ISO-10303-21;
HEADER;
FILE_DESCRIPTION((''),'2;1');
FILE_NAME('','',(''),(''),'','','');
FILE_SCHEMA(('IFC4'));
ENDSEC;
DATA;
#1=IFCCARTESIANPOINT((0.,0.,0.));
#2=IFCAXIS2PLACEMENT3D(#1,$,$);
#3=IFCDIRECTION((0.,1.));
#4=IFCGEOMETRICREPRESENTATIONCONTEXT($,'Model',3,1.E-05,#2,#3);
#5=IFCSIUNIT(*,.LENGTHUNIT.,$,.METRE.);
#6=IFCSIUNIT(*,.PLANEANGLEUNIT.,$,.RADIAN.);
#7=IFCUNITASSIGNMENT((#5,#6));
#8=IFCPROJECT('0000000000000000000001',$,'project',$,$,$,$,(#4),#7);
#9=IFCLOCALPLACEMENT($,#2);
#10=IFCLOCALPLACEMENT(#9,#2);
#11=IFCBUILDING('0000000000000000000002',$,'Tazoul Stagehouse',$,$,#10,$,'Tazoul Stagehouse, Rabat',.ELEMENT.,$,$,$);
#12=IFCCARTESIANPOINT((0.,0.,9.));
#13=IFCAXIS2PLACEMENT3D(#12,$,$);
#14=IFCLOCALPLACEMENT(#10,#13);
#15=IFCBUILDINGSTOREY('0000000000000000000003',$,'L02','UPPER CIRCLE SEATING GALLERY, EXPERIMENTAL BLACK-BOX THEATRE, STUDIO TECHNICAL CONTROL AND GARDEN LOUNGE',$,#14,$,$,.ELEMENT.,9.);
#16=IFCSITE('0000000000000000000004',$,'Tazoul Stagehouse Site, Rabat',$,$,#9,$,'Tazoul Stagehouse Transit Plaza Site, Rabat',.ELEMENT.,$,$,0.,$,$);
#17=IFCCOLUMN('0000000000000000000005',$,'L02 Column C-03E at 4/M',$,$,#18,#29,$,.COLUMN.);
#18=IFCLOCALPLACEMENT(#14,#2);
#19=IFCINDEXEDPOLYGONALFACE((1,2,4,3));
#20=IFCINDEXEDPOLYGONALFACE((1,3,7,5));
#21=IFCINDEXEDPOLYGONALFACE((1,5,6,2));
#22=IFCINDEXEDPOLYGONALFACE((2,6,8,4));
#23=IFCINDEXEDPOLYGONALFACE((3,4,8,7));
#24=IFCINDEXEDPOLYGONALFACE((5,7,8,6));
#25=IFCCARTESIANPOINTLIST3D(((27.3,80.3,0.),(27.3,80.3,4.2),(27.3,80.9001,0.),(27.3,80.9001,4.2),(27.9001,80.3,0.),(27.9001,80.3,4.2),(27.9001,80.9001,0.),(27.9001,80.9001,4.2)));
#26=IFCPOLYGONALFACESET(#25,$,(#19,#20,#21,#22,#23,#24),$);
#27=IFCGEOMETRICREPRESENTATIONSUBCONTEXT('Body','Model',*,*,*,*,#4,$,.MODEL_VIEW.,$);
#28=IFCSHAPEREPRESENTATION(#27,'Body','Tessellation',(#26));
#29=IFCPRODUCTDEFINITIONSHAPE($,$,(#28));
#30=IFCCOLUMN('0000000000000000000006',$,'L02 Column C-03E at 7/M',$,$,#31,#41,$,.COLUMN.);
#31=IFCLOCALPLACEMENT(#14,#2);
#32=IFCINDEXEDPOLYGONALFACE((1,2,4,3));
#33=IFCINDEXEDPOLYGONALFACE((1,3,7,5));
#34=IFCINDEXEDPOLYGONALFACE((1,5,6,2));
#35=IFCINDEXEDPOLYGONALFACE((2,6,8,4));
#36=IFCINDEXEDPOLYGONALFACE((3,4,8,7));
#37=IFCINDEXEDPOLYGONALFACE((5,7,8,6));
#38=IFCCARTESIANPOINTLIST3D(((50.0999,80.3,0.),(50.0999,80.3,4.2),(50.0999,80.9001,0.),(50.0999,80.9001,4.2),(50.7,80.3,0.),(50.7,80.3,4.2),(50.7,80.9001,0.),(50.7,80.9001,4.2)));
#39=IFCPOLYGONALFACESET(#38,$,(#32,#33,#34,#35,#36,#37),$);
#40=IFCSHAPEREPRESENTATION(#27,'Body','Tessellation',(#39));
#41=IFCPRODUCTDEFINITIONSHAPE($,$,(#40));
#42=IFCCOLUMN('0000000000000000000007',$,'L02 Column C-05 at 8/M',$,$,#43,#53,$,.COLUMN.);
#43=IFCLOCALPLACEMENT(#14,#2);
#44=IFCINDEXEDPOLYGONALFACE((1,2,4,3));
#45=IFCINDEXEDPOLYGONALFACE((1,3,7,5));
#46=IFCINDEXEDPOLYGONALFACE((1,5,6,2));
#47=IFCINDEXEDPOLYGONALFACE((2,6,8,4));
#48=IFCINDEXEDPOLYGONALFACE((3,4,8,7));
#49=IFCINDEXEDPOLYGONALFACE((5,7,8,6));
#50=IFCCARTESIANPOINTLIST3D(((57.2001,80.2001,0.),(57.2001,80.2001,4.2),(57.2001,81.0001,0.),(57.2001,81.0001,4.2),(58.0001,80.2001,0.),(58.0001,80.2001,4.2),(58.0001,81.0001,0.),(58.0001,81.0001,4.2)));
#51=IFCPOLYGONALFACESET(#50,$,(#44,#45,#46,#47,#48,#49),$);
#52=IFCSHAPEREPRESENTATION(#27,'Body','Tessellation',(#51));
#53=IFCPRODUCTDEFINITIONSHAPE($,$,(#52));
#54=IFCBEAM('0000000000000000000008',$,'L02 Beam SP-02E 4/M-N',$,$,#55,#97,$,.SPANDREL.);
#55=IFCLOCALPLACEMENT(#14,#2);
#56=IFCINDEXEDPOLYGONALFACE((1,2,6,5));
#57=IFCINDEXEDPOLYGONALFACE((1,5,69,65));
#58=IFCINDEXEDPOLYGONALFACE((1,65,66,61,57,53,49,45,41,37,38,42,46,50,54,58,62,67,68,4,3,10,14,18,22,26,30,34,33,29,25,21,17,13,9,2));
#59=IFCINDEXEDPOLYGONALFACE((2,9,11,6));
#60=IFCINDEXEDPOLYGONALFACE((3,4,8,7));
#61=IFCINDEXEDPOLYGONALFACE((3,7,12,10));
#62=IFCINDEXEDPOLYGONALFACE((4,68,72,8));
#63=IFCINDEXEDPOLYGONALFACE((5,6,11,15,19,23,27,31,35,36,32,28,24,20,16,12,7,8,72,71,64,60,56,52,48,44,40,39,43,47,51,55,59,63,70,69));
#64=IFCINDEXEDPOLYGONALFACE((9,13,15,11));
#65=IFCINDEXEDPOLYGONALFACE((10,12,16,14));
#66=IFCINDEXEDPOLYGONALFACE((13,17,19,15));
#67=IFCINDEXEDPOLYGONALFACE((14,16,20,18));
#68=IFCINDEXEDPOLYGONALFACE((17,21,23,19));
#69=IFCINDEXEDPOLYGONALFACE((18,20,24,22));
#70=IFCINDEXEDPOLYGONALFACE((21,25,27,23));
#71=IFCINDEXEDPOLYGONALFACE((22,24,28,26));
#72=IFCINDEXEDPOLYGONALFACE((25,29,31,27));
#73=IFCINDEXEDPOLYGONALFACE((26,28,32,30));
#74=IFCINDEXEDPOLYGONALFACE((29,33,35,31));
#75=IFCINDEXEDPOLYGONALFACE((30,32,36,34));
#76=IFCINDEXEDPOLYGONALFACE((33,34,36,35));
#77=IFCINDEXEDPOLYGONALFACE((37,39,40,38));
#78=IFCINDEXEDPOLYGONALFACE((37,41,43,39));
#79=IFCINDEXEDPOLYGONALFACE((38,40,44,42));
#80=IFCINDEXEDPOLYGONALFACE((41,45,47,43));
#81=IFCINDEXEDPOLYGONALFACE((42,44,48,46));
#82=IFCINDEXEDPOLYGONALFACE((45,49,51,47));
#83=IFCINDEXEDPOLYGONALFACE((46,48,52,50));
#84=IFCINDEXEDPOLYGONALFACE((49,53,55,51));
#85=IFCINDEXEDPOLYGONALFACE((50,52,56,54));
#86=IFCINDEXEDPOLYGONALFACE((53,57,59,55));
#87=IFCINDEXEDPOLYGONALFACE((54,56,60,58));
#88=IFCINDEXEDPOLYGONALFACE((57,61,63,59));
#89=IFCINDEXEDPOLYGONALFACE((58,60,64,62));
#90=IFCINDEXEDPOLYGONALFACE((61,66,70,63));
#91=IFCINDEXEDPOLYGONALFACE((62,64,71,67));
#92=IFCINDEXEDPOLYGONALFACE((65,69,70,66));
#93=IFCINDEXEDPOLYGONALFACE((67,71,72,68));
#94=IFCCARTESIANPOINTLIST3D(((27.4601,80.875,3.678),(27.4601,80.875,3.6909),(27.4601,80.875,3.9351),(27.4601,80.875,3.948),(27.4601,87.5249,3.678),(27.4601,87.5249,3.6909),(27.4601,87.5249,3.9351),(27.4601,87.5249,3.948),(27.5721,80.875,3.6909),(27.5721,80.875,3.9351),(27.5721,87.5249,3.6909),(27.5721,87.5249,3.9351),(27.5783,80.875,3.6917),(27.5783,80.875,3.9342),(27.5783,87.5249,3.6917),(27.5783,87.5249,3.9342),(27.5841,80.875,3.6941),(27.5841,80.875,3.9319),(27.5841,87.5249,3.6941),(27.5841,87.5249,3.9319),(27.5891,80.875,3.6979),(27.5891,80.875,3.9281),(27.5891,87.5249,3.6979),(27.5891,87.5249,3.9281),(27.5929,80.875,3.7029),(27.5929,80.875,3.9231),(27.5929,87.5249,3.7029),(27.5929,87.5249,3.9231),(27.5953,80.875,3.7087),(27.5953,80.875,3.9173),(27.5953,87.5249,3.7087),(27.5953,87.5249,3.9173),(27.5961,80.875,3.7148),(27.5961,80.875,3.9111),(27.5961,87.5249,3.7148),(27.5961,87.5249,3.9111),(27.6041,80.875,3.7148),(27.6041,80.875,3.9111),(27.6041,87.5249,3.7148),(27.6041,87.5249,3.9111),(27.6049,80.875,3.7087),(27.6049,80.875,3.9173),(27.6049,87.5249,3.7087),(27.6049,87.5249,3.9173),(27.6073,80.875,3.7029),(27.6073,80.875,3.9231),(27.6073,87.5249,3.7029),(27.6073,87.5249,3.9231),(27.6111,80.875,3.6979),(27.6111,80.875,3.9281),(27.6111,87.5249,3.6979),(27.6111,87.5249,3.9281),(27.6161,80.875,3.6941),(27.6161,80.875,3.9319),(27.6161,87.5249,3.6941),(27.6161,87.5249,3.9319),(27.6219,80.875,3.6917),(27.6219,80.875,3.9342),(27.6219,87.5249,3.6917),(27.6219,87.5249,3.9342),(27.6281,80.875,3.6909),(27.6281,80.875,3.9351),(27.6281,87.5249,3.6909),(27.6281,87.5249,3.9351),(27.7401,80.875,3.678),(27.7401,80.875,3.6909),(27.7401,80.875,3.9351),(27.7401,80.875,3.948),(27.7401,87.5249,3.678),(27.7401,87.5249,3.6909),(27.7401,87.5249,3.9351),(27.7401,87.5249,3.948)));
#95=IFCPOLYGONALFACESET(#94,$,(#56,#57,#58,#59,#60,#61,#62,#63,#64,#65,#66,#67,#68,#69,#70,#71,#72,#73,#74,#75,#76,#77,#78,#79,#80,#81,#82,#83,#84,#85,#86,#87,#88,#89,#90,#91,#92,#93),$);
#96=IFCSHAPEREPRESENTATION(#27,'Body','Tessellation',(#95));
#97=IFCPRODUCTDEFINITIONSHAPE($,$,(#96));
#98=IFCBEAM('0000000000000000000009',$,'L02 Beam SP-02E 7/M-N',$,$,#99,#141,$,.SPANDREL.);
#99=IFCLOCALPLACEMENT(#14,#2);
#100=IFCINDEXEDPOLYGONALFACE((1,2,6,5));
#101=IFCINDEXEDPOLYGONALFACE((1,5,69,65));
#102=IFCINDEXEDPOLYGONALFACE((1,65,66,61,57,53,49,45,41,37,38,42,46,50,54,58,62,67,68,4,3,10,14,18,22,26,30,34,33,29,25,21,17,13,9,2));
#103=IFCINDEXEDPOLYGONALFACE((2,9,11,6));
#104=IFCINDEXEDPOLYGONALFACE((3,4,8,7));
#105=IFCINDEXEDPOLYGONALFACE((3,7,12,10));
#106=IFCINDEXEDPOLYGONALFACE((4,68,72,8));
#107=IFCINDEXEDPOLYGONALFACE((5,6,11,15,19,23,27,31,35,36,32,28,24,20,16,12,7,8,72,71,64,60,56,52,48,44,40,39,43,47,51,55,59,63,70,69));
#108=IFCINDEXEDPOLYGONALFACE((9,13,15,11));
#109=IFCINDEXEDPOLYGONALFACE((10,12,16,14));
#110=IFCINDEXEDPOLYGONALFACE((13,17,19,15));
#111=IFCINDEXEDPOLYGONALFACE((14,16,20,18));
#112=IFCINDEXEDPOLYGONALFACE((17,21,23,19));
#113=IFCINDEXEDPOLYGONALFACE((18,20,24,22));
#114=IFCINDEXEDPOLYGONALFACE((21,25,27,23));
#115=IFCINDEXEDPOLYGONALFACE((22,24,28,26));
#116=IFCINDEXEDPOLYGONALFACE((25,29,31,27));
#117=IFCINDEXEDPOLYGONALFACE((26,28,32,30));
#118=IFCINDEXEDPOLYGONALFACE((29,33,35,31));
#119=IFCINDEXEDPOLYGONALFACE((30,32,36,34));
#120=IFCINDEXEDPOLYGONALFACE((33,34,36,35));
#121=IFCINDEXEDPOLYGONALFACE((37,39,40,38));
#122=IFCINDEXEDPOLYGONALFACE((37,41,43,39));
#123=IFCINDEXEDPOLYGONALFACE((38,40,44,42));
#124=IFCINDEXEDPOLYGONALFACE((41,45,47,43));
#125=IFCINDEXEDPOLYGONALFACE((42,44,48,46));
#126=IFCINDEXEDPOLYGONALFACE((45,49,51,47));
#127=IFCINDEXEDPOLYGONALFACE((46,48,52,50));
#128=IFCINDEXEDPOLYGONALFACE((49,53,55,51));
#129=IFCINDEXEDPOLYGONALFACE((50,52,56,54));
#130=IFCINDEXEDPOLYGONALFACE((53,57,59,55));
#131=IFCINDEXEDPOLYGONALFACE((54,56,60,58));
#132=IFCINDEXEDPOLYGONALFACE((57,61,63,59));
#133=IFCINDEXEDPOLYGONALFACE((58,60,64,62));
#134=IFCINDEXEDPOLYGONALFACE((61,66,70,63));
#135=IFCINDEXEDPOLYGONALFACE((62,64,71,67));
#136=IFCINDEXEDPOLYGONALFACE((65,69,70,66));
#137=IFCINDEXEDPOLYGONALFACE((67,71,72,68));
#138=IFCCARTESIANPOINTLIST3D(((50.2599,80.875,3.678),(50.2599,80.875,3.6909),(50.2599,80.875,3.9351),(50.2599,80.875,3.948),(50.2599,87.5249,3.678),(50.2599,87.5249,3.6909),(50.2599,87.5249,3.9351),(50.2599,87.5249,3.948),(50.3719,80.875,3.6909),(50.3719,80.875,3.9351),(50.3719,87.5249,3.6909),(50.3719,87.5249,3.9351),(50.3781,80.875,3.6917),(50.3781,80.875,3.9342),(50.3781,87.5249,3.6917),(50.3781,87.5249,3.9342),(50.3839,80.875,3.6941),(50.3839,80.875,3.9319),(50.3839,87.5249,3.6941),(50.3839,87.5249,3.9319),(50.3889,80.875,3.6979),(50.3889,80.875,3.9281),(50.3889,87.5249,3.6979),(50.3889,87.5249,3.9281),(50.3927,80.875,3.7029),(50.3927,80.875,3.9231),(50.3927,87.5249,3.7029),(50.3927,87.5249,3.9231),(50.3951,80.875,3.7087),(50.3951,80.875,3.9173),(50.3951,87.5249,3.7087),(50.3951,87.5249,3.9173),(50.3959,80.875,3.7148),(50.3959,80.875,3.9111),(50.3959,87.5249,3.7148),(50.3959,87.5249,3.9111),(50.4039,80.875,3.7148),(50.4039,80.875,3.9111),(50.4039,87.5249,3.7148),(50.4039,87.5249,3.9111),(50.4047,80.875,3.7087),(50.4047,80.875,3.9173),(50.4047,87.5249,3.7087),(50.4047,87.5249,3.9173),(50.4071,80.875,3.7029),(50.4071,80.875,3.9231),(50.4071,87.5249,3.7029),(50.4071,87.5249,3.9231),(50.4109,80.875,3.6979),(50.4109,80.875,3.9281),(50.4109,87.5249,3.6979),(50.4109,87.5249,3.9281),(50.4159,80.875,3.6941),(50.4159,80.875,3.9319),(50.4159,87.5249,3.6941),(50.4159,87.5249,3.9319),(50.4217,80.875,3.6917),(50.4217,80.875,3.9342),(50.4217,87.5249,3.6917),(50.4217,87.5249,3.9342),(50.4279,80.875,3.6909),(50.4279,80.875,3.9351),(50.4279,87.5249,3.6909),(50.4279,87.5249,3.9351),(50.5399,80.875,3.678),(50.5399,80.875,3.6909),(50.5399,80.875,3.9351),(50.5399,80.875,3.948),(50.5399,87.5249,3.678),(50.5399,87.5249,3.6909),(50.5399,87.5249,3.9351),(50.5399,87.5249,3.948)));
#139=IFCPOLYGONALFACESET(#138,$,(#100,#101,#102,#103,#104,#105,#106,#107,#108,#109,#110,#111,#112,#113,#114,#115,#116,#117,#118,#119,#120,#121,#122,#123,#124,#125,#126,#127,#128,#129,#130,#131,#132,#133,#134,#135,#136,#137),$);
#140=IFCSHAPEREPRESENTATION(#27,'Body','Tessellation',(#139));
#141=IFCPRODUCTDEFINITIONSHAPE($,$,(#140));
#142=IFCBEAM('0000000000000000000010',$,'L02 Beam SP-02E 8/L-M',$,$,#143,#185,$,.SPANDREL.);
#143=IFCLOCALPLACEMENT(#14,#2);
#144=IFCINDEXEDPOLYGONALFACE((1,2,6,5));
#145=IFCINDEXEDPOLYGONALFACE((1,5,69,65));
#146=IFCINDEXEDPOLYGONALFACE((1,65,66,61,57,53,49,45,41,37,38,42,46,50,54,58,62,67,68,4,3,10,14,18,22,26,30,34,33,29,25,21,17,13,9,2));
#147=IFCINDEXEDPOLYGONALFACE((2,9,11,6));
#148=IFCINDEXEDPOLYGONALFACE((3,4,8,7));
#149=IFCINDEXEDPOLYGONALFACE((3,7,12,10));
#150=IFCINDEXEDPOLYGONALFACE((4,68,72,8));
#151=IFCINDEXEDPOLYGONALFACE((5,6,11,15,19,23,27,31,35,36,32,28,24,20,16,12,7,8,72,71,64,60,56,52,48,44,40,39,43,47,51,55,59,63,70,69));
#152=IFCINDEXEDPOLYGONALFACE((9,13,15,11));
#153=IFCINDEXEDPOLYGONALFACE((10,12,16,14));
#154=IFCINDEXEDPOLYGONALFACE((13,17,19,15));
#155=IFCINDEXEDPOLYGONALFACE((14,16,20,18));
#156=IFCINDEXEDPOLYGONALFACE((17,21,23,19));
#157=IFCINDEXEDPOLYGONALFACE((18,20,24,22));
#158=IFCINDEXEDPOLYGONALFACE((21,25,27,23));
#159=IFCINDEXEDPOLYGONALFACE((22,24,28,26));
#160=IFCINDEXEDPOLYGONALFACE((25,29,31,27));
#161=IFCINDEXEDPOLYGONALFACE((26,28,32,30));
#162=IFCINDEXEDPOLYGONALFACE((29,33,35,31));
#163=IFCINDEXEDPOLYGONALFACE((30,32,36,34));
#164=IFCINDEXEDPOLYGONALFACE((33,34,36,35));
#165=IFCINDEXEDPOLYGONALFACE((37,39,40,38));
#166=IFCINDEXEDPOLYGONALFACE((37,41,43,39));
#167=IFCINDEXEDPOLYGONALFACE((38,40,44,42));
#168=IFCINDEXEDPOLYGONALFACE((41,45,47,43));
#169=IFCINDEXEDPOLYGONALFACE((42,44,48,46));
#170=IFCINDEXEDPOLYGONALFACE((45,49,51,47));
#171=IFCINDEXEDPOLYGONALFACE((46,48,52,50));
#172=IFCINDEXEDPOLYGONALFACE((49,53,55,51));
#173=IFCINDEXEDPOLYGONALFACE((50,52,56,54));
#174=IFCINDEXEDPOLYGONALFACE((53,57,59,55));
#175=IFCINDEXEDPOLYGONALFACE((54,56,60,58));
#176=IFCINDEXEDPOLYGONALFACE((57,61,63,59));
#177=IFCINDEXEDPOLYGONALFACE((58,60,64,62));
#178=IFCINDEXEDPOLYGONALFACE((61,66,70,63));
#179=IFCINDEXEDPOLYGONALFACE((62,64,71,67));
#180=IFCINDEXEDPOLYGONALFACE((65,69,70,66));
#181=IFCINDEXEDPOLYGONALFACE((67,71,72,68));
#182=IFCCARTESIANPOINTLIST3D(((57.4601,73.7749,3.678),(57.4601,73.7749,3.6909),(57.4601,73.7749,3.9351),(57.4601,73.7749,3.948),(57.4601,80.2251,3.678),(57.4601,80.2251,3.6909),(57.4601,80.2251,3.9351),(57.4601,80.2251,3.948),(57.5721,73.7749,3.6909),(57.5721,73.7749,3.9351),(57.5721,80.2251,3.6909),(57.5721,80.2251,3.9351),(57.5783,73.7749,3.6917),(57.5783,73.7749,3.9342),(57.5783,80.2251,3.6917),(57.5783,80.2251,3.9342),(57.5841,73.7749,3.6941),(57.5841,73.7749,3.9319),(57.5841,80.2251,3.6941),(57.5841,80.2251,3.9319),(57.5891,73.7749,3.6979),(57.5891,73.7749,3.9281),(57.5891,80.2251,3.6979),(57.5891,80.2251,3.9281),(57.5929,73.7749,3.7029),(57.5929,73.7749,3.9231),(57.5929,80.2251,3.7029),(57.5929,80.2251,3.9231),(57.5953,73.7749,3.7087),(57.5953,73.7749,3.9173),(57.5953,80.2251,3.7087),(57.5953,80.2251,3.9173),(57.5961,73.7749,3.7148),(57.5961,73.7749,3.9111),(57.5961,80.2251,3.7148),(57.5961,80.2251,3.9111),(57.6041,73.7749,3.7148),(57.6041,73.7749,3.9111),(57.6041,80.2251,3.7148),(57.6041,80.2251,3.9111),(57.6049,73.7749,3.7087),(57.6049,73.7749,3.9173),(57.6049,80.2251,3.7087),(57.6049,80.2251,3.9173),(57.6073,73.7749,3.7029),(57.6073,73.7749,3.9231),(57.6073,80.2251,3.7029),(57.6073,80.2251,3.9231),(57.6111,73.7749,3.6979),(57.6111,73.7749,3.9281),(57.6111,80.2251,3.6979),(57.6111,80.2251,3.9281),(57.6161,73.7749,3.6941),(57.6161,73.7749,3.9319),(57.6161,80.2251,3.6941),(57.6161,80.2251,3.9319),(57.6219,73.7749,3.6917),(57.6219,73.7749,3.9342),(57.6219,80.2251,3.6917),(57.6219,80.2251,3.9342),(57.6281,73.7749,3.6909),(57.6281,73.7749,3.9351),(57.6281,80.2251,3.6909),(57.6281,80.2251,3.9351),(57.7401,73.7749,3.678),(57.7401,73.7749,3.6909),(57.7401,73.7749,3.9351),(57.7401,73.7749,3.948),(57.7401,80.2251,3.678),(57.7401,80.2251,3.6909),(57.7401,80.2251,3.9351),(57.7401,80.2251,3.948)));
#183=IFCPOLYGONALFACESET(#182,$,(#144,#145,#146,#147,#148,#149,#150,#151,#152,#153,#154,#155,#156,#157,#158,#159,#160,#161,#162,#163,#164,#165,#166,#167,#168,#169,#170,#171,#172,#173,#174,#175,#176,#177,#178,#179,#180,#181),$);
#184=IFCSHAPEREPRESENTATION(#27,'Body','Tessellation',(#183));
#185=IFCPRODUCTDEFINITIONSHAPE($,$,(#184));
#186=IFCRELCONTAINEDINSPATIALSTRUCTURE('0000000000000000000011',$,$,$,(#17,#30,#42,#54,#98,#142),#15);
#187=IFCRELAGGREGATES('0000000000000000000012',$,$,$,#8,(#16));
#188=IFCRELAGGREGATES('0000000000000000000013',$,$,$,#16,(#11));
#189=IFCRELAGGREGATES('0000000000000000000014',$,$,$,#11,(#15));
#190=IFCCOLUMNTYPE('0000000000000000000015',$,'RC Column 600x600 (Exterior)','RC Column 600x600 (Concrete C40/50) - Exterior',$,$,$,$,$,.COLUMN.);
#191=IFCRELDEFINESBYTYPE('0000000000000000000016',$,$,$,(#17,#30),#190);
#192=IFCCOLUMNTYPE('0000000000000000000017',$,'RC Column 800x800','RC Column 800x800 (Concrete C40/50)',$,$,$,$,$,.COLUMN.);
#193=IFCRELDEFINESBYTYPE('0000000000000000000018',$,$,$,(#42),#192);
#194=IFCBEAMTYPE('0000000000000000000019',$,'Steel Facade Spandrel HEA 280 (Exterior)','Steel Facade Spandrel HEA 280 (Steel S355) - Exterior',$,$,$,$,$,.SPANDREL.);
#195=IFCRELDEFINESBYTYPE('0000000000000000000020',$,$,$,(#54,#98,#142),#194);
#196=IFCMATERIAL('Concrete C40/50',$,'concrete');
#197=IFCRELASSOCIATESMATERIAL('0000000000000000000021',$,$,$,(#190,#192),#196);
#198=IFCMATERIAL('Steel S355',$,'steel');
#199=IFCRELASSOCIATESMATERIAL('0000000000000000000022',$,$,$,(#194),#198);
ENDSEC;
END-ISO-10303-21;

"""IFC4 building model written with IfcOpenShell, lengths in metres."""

from ifc_helpers import new_model, si_unit, direction, frame, origin, origin_2d, place, context, subcontext, project, spatial, rectangle, i_section, extrude, material, material_profile, profile_set, type_object, element, save


model = new_model("IFC4")

# Units and contexts
model_context = context("Model", 3, precision=1e-05, world=origin(), true_north=direction((0.0, 1.0)))
body_context = subcontext(model_context, "Body", "Model", "MODEL_VIEW")
ifc_project = project(units=[si_unit("LENGTHUNIT", "METRE"), si_unit("PLANEANGLEUNIT", "RADIAN")], contexts=[model_context])

# Site, building, storey
site_placement = place(None, origin())
site = spatial("IfcSite", under=ifc_project, at=site_placement, Name="Tazoul Stagehouse Site, Rabat", LongName="Tazoul Stagehouse Transit Plaza Site, Rabat", CompositionType="ELEMENT", RefElevation=0.0)
building_placement = place(site_placement, origin())
building = spatial("IfcBuilding", under=site, at=building_placement, Name="Tazoul Stagehouse", LongName="Tazoul Stagehouse, Rabat", CompositionType="ELEMENT")
storey_placement = place(building_placement, frame((0.0, 0.0, 9.0)))
storey = spatial("IfcBuildingStorey", under=building, at=storey_placement, Name="L02", Description="UPPER CIRCLE SEATING GALLERY, EXPERIMENTAL BLACK-BOX THEATRE, STUDIO TECHNICAL CONTROL AND GARDEN LOUNGE", CompositionType="ELEMENT", Elevation=9.0)

# Columns
ifc_material_1 = material(Name="Concrete C40/50", Category="concrete")
ifc_material_profile_1 = material_profile(ifc_material_1, rectangle(XDim=0.6001, YDim=0.6001, at=origin_2d()), Name="RC 600x600")
ifc_profile_set_1 = profile_set([ifc_material_profile_1], Name="Concrete C40/50")
column_type_1 = type_object("IfcColumnType", Name="RC Column 600x600 (Exterior)", Description="RC Column 600x600 (Concrete C40/50) - Exterior", PredefinedType="COLUMN", material=ifc_profile_set_1)
for number, where, z_axis, x_axis, name in (
    (1, (27.6001, 80.6001, 0.0), (0.0, 0.0, 1.0), (1.0, 0.0, 0.0), "L02 Column C-03E at 4/M"),
    (2, (50.3999, 80.6001, 0.0), (0.0, 0.0, 1.0), (1.0, 0.0, 0.0), "L02 Column C-03E at 7/M"),
):
    element("IfcColumn", number, at=place(storey_placement, frame(where, z_axis=z_axis, x_axis=x_axis)), inside=storey, type_object=column_type_1, Name=name, PredefinedType="COLUMN", context=body_context, shape_type="SweptSolid", body=[
        extrude(rectangle(XDim=0.6001, YDim=0.6001, at=origin_2d()), origin(), (0.0, 0.0, 1.0), 4.2),
    ])
ifc_material_profile_2 = material_profile(ifc_material_1, rectangle(XDim=0.8, YDim=0.8, at=origin_2d()), Name="RC 800x800")
ifc_profile_set_2 = profile_set([ifc_material_profile_2], Name="Concrete C40/50")
column_type_2 = type_object("IfcColumnType", Name="RC Column 800x800", Description="RC Column 800x800 (Concrete C40/50)", PredefinedType="COLUMN", material=ifc_profile_set_2)
column_placement = place(storey_placement, frame((57.6001, 80.6001, 0.0), z_axis=(0.0, 0.0, 1.0), x_axis=(1.0, 0.0, 0.0)))
element("IfcColumn", 3, at=column_placement, inside=storey, type_object=column_type_2, Name="L02 Column C-05 at 8/M", PredefinedType="COLUMN", context=body_context, shape_type="SweptSolid", body=[
    extrude(rectangle(XDim=0.8, YDim=0.8, at=origin_2d()), origin(), (0.0, 0.0, 1.0), 4.2),
])

# Beams
ifc_material_2 = material(Name="Steel S355", Category="steel")
ifc_material_profile_3 = material_profile(ifc_material_2, i_section(OverallWidth=0.28, OverallDepth=0.27, WebThickness=0.0081, FlangeThickness=0.0129, FilletRadius=0.0239, at=origin_2d()), Name="HEA 280")
ifc_profile_set_3 = profile_set([ifc_material_profile_3], Name="Steel S355")
beam_type_1 = type_object("IfcBeamType", Name="Steel Facade Spandrel HEA 280 (Exterior)", Description="Steel Facade Spandrel HEA 280 (Steel S355) - Exterior", PredefinedType="SPANDREL", material=ifc_profile_set_3)
for number, where, z_axis, x_axis, name in (
    (4, (27.6001, 80.875, 3.813), (0.0, 1.0, 0.0), (-1.0, 0.0, 0.0), "L02 Beam SP-02E 4/M-N"),
    (5, (50.3999, 80.875, 3.813), (0.0, 1.0, 0.0), (-1.0, 0.0, 0.0), "L02 Beam SP-02E 7/M-N"),
):
    element("IfcBeam", number, at=place(storey_placement, frame(where, z_axis=z_axis, x_axis=x_axis)), inside=storey, type_object=beam_type_1, Name=name, PredefinedType="SPANDREL", context=body_context, shape_type="SweptSolid", body=[
        extrude(i_section(OverallWidth=0.28, OverallDepth=0.27, WebThickness=0.0081, FlangeThickness=0.0129, FilletRadius=0.0239, at=origin_2d()), origin(), (0.0, 0.0, 1.0), 6.6499),
    ])
beam_1_placement = place(storey_placement, frame((57.6001, 73.7749, 3.813), z_axis=(0.0, 1.0, 0.0), x_axis=(-1.0, 0.0, 0.0)))
element("IfcBeam", 6, at=beam_1_placement, inside=storey, type_object=beam_type_1, Name="L02 Beam SP-02E 8/L-M", PredefinedType="SPANDREL", context=body_context, shape_type="SweptSolid", body=[
    extrude(i_section(OverallWidth=0.28, OverallDepth=0.27, WebThickness=0.0081, FlangeThickness=0.0129, FilletRadius=0.0239, at=origin_2d()), origin(), (0.0, 0.0, 1.0), 6.4502),
])

save(model, "model.ifc")
